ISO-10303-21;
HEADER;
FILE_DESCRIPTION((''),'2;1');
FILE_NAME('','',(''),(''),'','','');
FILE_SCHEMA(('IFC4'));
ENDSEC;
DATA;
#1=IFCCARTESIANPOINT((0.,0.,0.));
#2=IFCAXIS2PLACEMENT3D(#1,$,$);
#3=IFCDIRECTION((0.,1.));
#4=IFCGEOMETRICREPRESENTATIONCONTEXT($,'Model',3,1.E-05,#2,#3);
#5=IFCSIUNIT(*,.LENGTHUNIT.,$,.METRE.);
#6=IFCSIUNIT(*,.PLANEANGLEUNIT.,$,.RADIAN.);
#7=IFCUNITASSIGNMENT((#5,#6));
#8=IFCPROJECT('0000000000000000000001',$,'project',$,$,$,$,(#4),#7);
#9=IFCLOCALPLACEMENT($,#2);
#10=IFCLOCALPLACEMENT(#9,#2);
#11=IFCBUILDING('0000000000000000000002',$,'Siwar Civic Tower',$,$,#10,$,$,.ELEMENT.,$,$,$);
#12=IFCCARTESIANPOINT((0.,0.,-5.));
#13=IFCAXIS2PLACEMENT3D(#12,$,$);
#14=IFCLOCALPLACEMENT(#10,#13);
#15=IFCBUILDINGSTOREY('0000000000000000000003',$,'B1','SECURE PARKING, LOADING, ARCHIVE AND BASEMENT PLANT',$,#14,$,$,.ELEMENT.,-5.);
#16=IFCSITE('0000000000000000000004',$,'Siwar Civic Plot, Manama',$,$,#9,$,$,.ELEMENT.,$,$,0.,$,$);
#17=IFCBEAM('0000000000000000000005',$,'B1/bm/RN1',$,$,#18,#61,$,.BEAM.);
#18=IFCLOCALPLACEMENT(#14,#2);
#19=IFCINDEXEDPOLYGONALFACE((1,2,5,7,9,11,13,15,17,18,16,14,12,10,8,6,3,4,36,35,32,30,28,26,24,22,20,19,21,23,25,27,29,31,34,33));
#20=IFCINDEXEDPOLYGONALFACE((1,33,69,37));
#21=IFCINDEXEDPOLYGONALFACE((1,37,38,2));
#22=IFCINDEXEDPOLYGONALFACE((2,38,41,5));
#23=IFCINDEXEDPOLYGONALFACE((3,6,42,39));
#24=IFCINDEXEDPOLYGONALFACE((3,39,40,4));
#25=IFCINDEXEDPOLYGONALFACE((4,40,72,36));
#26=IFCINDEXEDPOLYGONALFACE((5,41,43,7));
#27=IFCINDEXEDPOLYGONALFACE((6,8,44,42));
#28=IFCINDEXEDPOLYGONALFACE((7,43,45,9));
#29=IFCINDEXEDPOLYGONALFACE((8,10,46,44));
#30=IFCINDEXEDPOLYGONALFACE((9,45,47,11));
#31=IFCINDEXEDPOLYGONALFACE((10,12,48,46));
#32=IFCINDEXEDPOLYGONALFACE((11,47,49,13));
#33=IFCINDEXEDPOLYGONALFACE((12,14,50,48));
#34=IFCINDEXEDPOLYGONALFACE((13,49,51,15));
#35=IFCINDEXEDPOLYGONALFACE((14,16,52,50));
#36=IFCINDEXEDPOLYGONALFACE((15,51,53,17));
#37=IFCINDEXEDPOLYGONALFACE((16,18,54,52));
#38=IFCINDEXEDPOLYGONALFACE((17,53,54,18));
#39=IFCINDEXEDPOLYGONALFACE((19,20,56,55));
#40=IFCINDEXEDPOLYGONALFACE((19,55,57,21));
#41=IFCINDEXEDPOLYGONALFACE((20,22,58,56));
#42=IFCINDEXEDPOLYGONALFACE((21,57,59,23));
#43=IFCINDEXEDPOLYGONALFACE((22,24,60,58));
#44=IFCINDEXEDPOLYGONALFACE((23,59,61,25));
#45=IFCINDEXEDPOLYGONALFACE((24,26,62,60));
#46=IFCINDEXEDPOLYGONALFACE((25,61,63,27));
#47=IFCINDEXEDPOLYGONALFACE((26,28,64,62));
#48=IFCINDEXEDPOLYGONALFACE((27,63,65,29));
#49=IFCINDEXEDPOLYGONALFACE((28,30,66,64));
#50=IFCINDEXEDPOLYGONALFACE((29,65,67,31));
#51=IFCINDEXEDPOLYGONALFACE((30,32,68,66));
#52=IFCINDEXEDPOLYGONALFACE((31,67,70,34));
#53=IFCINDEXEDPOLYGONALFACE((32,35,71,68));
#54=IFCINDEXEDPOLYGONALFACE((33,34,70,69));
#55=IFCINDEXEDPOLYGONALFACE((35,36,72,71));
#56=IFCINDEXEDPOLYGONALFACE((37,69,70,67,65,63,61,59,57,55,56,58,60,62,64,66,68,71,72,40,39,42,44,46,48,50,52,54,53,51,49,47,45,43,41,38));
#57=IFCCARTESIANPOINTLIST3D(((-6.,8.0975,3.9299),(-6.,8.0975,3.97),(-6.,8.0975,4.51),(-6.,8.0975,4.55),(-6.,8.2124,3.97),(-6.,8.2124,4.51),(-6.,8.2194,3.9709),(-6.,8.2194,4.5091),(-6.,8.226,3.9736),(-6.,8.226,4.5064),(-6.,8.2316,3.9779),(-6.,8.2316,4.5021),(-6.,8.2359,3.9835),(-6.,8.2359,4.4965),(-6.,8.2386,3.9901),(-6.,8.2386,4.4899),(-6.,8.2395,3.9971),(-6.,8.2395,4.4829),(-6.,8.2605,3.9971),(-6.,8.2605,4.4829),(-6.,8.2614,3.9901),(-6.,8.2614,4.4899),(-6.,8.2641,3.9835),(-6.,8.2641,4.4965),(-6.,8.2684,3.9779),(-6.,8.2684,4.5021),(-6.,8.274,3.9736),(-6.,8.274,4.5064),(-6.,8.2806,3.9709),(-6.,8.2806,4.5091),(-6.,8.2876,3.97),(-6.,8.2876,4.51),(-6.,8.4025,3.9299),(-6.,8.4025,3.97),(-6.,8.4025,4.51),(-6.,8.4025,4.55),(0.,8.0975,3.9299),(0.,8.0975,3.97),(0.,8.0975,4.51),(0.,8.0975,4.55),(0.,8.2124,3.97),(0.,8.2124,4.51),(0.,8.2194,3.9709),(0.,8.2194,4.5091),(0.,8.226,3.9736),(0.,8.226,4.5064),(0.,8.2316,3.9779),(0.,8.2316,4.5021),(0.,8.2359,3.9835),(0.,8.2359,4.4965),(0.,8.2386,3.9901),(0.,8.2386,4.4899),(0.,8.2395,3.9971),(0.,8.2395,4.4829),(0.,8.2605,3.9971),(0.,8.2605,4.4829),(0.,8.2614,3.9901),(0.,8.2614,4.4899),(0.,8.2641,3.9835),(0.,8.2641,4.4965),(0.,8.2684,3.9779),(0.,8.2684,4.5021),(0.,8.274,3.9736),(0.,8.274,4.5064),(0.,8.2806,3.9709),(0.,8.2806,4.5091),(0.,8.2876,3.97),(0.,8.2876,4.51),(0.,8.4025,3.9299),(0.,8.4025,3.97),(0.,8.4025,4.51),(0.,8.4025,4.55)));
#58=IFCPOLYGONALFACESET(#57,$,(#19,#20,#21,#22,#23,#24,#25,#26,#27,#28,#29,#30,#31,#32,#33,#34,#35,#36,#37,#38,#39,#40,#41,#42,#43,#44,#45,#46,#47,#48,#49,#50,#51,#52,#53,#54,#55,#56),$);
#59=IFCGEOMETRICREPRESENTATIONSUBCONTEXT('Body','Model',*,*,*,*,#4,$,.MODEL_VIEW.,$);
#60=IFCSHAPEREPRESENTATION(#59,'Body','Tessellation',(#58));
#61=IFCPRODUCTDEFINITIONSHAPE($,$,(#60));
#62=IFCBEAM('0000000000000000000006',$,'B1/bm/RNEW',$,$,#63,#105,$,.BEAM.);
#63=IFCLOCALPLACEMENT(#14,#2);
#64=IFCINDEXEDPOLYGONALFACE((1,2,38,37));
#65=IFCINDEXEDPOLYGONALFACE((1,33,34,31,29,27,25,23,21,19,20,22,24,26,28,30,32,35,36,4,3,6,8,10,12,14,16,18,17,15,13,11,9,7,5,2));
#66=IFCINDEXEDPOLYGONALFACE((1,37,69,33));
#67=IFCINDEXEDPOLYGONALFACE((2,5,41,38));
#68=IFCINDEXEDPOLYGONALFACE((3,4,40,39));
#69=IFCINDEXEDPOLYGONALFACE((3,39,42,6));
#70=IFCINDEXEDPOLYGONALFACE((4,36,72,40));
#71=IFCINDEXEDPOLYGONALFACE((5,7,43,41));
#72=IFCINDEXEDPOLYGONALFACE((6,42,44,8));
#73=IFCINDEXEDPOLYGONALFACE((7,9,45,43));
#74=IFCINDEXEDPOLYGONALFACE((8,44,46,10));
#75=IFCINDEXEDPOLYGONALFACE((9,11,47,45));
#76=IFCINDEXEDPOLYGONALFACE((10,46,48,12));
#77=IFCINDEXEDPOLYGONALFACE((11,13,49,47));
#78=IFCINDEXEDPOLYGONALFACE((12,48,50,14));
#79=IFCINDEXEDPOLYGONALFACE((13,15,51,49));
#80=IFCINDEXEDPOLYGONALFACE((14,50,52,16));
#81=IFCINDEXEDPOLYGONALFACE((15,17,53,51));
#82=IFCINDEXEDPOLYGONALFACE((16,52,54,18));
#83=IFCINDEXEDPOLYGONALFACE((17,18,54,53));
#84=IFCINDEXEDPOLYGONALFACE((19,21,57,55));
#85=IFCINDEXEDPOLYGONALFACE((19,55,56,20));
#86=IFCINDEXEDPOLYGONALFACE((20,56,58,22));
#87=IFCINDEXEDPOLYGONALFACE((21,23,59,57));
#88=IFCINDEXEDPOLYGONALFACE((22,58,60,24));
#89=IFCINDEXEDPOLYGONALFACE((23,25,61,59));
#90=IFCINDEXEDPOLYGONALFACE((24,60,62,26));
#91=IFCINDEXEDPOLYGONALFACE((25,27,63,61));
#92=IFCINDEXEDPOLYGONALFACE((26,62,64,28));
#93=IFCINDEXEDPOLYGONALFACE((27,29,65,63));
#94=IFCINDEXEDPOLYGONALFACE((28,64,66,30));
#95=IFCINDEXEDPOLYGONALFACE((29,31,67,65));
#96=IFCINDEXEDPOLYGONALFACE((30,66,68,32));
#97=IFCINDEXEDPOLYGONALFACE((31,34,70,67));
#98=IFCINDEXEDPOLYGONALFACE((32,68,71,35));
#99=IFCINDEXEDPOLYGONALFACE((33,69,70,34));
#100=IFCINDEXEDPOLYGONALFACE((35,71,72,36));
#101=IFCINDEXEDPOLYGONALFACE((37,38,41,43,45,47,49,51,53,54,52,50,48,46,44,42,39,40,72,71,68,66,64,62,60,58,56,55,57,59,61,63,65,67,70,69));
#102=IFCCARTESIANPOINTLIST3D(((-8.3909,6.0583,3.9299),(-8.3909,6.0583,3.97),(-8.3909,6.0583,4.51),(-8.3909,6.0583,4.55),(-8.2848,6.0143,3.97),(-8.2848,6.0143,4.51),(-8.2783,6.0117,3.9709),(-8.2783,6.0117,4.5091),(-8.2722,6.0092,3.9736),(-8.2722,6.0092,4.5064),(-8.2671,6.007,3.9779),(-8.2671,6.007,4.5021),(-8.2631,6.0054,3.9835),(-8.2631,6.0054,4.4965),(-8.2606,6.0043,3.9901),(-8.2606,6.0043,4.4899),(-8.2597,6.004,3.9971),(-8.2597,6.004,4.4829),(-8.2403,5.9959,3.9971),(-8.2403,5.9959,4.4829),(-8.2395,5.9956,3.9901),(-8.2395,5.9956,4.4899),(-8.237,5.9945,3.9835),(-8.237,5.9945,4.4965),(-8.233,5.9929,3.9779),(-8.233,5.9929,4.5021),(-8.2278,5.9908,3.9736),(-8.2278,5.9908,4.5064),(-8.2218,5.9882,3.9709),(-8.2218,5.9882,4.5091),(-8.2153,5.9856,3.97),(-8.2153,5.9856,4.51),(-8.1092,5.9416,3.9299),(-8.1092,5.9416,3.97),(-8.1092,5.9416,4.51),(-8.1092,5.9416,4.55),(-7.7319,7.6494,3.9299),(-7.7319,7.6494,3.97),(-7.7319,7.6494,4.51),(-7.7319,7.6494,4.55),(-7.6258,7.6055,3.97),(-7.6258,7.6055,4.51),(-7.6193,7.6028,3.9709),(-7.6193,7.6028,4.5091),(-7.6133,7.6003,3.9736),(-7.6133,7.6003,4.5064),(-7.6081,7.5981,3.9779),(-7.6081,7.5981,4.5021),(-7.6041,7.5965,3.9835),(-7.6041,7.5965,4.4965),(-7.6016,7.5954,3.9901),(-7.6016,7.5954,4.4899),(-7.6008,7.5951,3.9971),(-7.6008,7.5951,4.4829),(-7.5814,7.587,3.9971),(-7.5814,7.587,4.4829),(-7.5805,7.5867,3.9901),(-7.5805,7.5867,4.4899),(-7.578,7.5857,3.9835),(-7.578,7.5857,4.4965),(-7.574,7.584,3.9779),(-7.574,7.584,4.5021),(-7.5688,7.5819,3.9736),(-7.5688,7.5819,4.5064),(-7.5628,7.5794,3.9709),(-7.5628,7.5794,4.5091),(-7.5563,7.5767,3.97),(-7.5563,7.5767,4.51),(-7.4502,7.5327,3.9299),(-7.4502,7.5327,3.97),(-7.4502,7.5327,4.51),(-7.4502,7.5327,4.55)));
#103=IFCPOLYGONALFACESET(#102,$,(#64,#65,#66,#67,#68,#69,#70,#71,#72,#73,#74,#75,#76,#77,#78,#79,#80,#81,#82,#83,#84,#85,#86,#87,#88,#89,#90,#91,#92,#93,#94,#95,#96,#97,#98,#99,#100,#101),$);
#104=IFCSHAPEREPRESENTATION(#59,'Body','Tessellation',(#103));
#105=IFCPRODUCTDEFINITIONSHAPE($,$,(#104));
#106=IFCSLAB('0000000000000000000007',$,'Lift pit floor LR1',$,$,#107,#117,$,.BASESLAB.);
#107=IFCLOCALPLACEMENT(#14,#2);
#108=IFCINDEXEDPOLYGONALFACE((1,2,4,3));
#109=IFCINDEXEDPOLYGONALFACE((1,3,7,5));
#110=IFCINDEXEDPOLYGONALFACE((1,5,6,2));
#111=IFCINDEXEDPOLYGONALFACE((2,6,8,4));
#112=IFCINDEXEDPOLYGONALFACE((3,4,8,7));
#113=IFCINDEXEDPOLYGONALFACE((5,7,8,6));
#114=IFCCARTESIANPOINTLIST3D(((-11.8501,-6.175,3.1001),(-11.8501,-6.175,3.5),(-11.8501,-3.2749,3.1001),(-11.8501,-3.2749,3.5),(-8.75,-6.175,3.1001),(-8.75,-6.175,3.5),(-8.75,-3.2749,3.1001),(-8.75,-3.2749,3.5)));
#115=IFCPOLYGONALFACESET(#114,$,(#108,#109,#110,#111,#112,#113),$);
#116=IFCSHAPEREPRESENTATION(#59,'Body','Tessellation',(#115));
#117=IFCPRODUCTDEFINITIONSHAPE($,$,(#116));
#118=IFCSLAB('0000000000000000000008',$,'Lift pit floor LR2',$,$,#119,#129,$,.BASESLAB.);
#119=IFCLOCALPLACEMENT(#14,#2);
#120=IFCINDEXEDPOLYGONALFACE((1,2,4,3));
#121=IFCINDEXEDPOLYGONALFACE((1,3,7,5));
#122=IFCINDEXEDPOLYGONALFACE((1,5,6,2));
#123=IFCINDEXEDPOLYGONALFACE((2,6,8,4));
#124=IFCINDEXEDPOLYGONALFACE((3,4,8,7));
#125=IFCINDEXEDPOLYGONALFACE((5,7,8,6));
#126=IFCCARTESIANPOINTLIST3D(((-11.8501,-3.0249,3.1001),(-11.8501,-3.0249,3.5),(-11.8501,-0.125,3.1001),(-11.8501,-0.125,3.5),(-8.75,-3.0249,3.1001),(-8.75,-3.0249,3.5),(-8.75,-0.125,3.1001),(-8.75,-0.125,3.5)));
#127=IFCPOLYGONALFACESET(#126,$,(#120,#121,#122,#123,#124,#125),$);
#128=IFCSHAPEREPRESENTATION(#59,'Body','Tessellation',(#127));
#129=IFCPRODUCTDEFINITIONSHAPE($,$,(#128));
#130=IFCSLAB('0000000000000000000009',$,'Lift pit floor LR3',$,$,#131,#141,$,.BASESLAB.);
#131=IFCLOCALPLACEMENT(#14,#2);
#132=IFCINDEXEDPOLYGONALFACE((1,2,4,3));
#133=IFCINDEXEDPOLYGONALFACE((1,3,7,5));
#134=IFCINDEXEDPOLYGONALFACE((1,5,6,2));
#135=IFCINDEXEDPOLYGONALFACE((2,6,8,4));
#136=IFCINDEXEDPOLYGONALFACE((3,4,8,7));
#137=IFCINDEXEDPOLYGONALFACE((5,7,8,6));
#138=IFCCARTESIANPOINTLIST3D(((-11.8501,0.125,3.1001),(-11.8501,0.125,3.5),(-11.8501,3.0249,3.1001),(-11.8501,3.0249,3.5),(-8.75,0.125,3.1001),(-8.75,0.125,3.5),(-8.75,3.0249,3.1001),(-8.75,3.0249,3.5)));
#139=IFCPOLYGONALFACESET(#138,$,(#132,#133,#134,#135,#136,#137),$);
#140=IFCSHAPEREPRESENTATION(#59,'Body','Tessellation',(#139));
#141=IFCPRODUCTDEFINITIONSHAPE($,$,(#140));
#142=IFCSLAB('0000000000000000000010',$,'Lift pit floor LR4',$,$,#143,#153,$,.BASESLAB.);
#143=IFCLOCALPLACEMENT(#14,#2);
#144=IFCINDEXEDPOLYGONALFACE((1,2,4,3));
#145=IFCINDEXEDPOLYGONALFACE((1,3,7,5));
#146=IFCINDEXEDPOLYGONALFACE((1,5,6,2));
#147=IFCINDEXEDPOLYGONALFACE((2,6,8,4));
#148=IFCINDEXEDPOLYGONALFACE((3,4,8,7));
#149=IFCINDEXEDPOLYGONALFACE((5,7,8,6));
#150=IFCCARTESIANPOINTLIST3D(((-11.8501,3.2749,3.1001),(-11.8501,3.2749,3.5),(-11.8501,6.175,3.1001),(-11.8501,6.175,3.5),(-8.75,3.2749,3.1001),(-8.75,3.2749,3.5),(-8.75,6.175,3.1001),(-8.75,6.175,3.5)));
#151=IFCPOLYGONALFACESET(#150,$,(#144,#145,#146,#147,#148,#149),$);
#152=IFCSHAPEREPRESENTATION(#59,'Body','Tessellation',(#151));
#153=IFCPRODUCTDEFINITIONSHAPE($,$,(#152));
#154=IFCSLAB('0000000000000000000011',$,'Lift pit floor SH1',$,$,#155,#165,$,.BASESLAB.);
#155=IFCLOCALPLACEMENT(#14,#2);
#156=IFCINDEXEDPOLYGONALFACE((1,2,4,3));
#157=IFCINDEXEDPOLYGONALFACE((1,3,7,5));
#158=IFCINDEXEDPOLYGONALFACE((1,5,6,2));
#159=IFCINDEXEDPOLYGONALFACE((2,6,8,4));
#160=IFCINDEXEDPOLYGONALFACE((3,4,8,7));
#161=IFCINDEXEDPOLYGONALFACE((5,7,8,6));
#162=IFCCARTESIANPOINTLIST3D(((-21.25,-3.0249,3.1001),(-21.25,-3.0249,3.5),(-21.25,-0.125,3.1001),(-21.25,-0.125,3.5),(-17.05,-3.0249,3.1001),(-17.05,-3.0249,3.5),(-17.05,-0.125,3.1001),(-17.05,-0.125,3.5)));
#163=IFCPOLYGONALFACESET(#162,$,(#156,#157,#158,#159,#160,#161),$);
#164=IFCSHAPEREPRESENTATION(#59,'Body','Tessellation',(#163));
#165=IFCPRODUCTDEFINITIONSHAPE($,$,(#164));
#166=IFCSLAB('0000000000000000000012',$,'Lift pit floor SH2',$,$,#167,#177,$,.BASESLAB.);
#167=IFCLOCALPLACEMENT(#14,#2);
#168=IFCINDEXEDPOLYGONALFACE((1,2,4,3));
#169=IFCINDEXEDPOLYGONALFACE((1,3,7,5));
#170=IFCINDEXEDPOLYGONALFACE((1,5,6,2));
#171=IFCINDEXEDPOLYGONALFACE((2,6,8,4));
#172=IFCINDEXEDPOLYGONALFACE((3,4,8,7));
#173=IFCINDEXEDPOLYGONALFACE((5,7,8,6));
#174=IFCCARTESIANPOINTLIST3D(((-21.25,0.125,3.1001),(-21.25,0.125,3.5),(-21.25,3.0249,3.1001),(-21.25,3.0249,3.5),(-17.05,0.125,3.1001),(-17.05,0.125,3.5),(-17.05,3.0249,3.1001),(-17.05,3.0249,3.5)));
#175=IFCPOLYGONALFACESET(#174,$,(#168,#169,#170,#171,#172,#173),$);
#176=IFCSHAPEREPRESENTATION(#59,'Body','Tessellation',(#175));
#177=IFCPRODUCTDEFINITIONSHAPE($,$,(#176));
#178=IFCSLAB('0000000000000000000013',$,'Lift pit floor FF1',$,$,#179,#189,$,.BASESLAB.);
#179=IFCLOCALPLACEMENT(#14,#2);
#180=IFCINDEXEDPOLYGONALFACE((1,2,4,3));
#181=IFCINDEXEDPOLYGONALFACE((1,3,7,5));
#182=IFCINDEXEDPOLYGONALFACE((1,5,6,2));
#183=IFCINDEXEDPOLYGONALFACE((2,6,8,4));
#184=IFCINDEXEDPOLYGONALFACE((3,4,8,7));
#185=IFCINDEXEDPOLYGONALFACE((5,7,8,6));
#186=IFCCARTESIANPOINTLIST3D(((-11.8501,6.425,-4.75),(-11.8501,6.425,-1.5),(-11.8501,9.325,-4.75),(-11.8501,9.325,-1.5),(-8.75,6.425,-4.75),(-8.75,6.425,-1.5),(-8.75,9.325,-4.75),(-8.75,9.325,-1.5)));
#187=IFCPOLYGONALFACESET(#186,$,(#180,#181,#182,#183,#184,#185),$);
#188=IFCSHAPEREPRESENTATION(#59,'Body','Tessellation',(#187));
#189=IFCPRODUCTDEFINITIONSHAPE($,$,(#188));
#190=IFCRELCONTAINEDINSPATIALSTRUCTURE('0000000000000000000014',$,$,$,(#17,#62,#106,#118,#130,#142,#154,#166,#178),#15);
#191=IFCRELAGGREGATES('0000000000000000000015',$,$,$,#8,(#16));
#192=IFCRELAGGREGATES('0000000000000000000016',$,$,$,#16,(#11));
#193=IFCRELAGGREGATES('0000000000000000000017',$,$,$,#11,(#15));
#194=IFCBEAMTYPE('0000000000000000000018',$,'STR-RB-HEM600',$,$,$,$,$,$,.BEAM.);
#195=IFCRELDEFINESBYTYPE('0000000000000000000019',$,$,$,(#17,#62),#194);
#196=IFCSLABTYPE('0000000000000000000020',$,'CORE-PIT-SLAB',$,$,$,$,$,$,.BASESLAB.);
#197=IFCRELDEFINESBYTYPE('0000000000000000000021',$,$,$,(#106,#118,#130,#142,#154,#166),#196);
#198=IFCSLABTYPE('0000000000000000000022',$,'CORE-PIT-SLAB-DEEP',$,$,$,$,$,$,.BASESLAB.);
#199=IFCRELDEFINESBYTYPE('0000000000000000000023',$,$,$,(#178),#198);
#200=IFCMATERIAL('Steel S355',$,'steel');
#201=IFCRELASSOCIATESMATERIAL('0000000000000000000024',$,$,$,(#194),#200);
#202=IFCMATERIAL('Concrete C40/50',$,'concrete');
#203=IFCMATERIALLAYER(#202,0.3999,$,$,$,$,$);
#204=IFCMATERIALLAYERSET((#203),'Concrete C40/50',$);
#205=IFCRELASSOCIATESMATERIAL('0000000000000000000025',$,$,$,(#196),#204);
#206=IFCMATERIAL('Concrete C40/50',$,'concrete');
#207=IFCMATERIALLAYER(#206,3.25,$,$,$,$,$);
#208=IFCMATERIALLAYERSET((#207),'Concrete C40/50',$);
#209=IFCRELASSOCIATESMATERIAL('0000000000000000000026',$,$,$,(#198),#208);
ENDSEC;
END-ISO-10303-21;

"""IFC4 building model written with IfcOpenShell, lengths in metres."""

from ifc_helpers import new_model, si_unit, direction, frame, origin, origin_2d, place, context, subcontext, project, spatial, polyline, i_section, outline, extrude, material, layer, layer_set, material_profile, profile_set, type_object, element, save


model = new_model("IFC4")

# Units and contexts
model_context = context("Model", 3, precision=1e-05, world=origin(), true_north=direction((0.0, 1.0)))
body_context = subcontext(model_context, "Body", "Model", "MODEL_VIEW")
ifc_project = project(units=[si_unit("LENGTHUNIT", "METRE"), si_unit("PLANEANGLEUNIT", "RADIAN")], contexts=[model_context])

# Site, building, storey
site_placement = place(None, origin())
site = spatial("IfcSite", under=ifc_project, at=site_placement, Name="Siwar Civic Plot, Manama", CompositionType="ELEMENT", RefElevation=0.0)
building_placement = place(site_placement, origin())
building = spatial("IfcBuilding", under=site, at=building_placement, Name="Siwar Civic Tower", CompositionType="ELEMENT")
storey_placement = place(building_placement, frame((0.0, 0.0, -5.0)))
storey = spatial("IfcBuildingStorey", under=building, at=storey_placement, Name="B1", Description="SECURE PARKING, LOADING, ARCHIVE AND BASEMENT PLANT", CompositionType="ELEMENT", Elevation=-5.0)

# Beams
ifc_material_1 = material(Name="Steel S355", Category="steel")
ifc_material_profile_1 = material_profile(ifc_material_1, i_section(OverallWidth=0.3049, OverallDepth=0.6201, WebThickness=0.021, FlangeThickness=0.04, FilletRadius=0.0271, at=origin_2d()), Name="HEM600")
ifc_profile_set_1 = profile_set([ifc_material_profile_1], Name="Steel S355")
beam_type_1 = type_object("IfcBeamType", Name="STR-RB-HEM600", PredefinedType="BEAM", material=ifc_profile_set_1)
beam_1_placement = place(storey_placement, frame((-6.0, 8.25, 4.24), z_axis=(1.0, 0.0, 0.0), x_axis=(0.0, 1.0, 0.0)))
element("IfcBeam", 1, at=beam_1_placement, inside=storey, type_object=beam_type_1, Name="B1/bm/RN1", PredefinedType="BEAM", context=body_context, shape_type="SweptSolid", body=[
    extrude(i_section(OverallWidth=0.3049, OverallDepth=0.6201, WebThickness=0.021, FlangeThickness=0.04, FilletRadius=0.0271, at=origin_2d()), origin(), (0.0, 0.0, 1.0), 6.0),
])
beam_2_placement = place(storey_placement, frame((-7.5911, 7.5911, 4.24), z_axis=(-0.382631, -0.923901, 0.0), x_axis=(0.923901, -0.382631, 0.0)))
element("IfcBeam", 2, at=beam_2_placement, inside=storey, type_object=beam_type_1, Name="B1/bm/RNEW", PredefinedType="BEAM", context=body_context, shape_type="SweptSolid", body=[
    extrude(i_section(OverallWidth=0.3049, OverallDepth=0.6201, WebThickness=0.021, FlangeThickness=0.04, FilletRadius=0.0271, at=origin_2d()), origin(), (0.0, 0.0, 1.0), 1.7222),
])

# Slabs
ifc_material_2 = material(Name="Concrete C40/50", Category="concrete")
ifc_layer_1 = layer(ifc_material_2, 0.3999)
ifc_layer_set_1 = layer_set([ifc_layer_1], Name="Concrete C40/50")
slab_type_1 = type_object("IfcSlabType", Name="CORE-PIT-SLAB", PredefinedType="BASESLAB", material=ifc_layer_set_1)
slab_1_placement = place(storey_placement, frame((0.0, 0.0, 3.1001)))
element("IfcSlab", 3, at=slab_1_placement, inside=storey, type_object=slab_type_1, Name="Lift pit floor LR1", PredefinedType="BASESLAB", context=body_context, shape_type="SweptSolid", body=[
    extrude(outline(polyline([(-8.75, -3.2749), (-11.8501, -3.2749), (-11.8501, -6.175), (-8.75, -6.175), (-8.75, -3.2749)])), origin(), (0.0, 0.0, 1.0), 0.3999),
])
slab_2_placement = place(storey_placement, frame((0.0, 0.0, 3.1001)))
element("IfcSlab", 4, at=slab_2_placement, inside=storey, type_object=slab_type_1, Name="Lift pit floor LR2", PredefinedType="BASESLAB", context=body_context, shape_type="SweptSolid", body=[
    extrude(outline(polyline([(-8.75, -0.125), (-11.8501, -0.125), (-11.8501, -3.0249), (-8.75, -3.0249), (-8.75, -0.125)])), origin(), (0.0, 0.0, 1.0), 0.3999),
])
slab_3_placement = place(storey_placement, frame((0.0, 0.0, 3.1001)))
element("IfcSlab", 5, at=slab_3_placement, inside=storey, type_object=slab_type_1, Name="Lift pit floor LR3", PredefinedType="BASESLAB", context=body_context, shape_type="SweptSolid", body=[
    extrude(outline(polyline([(-8.75, 3.0249), (-11.8501, 3.0249), (-11.8501, 0.125), (-8.75, 0.125), (-8.75, 3.0249)])), origin(), (0.0, 0.0, 1.0), 0.3999),
])
slab_4_placement = place(storey_placement, frame((0.0, 0.0, 3.1001)))
element("IfcSlab", 6, at=slab_4_placement, inside=storey, type_object=slab_type_1, Name="Lift pit floor LR4", PredefinedType="BASESLAB", context=body_context, shape_type="SweptSolid", body=[
    extrude(outline(polyline([(-8.75, 6.175), (-11.8501, 6.175), (-11.8501, 3.2749), (-8.75, 3.2749), (-8.75, 6.175)])), origin(), (0.0, 0.0, 1.0), 0.3999),
])
slab_5_placement = place(storey_placement, frame((0.0, 0.0, 3.1001)))
element("IfcSlab", 7, at=slab_5_placement, inside=storey, type_object=slab_type_1, Name="Lift pit floor SH1", PredefinedType="BASESLAB", context=body_context, shape_type="SweptSolid", body=[
    extrude(outline(polyline([(-17.05, -0.125), (-21.25, -0.125), (-21.25, -3.0249), (-17.05, -3.0249), (-17.05, -0.125)])), origin(), (0.0, 0.0, 1.0), 0.3999),
])
slab_6_placement = place(storey_placement, frame((0.0, 0.0, 3.1001)))
element("IfcSlab", 8, at=slab_6_placement, inside=storey, type_object=slab_type_1, Name="Lift pit floor SH2", PredefinedType="BASESLAB", context=body_context, shape_type="SweptSolid", body=[
    extrude(outline(polyline([(-17.05, 3.0249), (-21.25, 3.0249), (-21.25, 0.125), (-17.05, 0.125), (-17.05, 3.0249)])), origin(), (0.0, 0.0, 1.0), 0.3999),
])
ifc_material_3 = material(Name="Concrete C40/50", Category="concrete")
ifc_layer_2 = layer(ifc_material_3, 3.25)
ifc_layer_set_2 = layer_set([ifc_layer_2], Name="Concrete C40/50")
slab_type_2 = type_object("IfcSlabType", Name="CORE-PIT-SLAB-DEEP", PredefinedType="BASESLAB", material=ifc_layer_set_2)
slab_7_placement = place(storey_placement, frame((0.0, 0.0, -4.75)))
element("IfcSlab", 9, at=slab_7_placement, inside=storey, type_object=slab_type_2, Name="Lift pit floor FF1", PredefinedType="BASESLAB", context=body_context, shape_type="SweptSolid", body=[
    extrude(outline(polyline([(-8.75, 9.325), (-11.8501, 9.325), (-11.8501, 6.425), (-8.75, 6.425), (-8.75, 9.325)])), origin(), (0.0, 0.0, 1.0), 3.25),
])

save(model, "model.ifc")
